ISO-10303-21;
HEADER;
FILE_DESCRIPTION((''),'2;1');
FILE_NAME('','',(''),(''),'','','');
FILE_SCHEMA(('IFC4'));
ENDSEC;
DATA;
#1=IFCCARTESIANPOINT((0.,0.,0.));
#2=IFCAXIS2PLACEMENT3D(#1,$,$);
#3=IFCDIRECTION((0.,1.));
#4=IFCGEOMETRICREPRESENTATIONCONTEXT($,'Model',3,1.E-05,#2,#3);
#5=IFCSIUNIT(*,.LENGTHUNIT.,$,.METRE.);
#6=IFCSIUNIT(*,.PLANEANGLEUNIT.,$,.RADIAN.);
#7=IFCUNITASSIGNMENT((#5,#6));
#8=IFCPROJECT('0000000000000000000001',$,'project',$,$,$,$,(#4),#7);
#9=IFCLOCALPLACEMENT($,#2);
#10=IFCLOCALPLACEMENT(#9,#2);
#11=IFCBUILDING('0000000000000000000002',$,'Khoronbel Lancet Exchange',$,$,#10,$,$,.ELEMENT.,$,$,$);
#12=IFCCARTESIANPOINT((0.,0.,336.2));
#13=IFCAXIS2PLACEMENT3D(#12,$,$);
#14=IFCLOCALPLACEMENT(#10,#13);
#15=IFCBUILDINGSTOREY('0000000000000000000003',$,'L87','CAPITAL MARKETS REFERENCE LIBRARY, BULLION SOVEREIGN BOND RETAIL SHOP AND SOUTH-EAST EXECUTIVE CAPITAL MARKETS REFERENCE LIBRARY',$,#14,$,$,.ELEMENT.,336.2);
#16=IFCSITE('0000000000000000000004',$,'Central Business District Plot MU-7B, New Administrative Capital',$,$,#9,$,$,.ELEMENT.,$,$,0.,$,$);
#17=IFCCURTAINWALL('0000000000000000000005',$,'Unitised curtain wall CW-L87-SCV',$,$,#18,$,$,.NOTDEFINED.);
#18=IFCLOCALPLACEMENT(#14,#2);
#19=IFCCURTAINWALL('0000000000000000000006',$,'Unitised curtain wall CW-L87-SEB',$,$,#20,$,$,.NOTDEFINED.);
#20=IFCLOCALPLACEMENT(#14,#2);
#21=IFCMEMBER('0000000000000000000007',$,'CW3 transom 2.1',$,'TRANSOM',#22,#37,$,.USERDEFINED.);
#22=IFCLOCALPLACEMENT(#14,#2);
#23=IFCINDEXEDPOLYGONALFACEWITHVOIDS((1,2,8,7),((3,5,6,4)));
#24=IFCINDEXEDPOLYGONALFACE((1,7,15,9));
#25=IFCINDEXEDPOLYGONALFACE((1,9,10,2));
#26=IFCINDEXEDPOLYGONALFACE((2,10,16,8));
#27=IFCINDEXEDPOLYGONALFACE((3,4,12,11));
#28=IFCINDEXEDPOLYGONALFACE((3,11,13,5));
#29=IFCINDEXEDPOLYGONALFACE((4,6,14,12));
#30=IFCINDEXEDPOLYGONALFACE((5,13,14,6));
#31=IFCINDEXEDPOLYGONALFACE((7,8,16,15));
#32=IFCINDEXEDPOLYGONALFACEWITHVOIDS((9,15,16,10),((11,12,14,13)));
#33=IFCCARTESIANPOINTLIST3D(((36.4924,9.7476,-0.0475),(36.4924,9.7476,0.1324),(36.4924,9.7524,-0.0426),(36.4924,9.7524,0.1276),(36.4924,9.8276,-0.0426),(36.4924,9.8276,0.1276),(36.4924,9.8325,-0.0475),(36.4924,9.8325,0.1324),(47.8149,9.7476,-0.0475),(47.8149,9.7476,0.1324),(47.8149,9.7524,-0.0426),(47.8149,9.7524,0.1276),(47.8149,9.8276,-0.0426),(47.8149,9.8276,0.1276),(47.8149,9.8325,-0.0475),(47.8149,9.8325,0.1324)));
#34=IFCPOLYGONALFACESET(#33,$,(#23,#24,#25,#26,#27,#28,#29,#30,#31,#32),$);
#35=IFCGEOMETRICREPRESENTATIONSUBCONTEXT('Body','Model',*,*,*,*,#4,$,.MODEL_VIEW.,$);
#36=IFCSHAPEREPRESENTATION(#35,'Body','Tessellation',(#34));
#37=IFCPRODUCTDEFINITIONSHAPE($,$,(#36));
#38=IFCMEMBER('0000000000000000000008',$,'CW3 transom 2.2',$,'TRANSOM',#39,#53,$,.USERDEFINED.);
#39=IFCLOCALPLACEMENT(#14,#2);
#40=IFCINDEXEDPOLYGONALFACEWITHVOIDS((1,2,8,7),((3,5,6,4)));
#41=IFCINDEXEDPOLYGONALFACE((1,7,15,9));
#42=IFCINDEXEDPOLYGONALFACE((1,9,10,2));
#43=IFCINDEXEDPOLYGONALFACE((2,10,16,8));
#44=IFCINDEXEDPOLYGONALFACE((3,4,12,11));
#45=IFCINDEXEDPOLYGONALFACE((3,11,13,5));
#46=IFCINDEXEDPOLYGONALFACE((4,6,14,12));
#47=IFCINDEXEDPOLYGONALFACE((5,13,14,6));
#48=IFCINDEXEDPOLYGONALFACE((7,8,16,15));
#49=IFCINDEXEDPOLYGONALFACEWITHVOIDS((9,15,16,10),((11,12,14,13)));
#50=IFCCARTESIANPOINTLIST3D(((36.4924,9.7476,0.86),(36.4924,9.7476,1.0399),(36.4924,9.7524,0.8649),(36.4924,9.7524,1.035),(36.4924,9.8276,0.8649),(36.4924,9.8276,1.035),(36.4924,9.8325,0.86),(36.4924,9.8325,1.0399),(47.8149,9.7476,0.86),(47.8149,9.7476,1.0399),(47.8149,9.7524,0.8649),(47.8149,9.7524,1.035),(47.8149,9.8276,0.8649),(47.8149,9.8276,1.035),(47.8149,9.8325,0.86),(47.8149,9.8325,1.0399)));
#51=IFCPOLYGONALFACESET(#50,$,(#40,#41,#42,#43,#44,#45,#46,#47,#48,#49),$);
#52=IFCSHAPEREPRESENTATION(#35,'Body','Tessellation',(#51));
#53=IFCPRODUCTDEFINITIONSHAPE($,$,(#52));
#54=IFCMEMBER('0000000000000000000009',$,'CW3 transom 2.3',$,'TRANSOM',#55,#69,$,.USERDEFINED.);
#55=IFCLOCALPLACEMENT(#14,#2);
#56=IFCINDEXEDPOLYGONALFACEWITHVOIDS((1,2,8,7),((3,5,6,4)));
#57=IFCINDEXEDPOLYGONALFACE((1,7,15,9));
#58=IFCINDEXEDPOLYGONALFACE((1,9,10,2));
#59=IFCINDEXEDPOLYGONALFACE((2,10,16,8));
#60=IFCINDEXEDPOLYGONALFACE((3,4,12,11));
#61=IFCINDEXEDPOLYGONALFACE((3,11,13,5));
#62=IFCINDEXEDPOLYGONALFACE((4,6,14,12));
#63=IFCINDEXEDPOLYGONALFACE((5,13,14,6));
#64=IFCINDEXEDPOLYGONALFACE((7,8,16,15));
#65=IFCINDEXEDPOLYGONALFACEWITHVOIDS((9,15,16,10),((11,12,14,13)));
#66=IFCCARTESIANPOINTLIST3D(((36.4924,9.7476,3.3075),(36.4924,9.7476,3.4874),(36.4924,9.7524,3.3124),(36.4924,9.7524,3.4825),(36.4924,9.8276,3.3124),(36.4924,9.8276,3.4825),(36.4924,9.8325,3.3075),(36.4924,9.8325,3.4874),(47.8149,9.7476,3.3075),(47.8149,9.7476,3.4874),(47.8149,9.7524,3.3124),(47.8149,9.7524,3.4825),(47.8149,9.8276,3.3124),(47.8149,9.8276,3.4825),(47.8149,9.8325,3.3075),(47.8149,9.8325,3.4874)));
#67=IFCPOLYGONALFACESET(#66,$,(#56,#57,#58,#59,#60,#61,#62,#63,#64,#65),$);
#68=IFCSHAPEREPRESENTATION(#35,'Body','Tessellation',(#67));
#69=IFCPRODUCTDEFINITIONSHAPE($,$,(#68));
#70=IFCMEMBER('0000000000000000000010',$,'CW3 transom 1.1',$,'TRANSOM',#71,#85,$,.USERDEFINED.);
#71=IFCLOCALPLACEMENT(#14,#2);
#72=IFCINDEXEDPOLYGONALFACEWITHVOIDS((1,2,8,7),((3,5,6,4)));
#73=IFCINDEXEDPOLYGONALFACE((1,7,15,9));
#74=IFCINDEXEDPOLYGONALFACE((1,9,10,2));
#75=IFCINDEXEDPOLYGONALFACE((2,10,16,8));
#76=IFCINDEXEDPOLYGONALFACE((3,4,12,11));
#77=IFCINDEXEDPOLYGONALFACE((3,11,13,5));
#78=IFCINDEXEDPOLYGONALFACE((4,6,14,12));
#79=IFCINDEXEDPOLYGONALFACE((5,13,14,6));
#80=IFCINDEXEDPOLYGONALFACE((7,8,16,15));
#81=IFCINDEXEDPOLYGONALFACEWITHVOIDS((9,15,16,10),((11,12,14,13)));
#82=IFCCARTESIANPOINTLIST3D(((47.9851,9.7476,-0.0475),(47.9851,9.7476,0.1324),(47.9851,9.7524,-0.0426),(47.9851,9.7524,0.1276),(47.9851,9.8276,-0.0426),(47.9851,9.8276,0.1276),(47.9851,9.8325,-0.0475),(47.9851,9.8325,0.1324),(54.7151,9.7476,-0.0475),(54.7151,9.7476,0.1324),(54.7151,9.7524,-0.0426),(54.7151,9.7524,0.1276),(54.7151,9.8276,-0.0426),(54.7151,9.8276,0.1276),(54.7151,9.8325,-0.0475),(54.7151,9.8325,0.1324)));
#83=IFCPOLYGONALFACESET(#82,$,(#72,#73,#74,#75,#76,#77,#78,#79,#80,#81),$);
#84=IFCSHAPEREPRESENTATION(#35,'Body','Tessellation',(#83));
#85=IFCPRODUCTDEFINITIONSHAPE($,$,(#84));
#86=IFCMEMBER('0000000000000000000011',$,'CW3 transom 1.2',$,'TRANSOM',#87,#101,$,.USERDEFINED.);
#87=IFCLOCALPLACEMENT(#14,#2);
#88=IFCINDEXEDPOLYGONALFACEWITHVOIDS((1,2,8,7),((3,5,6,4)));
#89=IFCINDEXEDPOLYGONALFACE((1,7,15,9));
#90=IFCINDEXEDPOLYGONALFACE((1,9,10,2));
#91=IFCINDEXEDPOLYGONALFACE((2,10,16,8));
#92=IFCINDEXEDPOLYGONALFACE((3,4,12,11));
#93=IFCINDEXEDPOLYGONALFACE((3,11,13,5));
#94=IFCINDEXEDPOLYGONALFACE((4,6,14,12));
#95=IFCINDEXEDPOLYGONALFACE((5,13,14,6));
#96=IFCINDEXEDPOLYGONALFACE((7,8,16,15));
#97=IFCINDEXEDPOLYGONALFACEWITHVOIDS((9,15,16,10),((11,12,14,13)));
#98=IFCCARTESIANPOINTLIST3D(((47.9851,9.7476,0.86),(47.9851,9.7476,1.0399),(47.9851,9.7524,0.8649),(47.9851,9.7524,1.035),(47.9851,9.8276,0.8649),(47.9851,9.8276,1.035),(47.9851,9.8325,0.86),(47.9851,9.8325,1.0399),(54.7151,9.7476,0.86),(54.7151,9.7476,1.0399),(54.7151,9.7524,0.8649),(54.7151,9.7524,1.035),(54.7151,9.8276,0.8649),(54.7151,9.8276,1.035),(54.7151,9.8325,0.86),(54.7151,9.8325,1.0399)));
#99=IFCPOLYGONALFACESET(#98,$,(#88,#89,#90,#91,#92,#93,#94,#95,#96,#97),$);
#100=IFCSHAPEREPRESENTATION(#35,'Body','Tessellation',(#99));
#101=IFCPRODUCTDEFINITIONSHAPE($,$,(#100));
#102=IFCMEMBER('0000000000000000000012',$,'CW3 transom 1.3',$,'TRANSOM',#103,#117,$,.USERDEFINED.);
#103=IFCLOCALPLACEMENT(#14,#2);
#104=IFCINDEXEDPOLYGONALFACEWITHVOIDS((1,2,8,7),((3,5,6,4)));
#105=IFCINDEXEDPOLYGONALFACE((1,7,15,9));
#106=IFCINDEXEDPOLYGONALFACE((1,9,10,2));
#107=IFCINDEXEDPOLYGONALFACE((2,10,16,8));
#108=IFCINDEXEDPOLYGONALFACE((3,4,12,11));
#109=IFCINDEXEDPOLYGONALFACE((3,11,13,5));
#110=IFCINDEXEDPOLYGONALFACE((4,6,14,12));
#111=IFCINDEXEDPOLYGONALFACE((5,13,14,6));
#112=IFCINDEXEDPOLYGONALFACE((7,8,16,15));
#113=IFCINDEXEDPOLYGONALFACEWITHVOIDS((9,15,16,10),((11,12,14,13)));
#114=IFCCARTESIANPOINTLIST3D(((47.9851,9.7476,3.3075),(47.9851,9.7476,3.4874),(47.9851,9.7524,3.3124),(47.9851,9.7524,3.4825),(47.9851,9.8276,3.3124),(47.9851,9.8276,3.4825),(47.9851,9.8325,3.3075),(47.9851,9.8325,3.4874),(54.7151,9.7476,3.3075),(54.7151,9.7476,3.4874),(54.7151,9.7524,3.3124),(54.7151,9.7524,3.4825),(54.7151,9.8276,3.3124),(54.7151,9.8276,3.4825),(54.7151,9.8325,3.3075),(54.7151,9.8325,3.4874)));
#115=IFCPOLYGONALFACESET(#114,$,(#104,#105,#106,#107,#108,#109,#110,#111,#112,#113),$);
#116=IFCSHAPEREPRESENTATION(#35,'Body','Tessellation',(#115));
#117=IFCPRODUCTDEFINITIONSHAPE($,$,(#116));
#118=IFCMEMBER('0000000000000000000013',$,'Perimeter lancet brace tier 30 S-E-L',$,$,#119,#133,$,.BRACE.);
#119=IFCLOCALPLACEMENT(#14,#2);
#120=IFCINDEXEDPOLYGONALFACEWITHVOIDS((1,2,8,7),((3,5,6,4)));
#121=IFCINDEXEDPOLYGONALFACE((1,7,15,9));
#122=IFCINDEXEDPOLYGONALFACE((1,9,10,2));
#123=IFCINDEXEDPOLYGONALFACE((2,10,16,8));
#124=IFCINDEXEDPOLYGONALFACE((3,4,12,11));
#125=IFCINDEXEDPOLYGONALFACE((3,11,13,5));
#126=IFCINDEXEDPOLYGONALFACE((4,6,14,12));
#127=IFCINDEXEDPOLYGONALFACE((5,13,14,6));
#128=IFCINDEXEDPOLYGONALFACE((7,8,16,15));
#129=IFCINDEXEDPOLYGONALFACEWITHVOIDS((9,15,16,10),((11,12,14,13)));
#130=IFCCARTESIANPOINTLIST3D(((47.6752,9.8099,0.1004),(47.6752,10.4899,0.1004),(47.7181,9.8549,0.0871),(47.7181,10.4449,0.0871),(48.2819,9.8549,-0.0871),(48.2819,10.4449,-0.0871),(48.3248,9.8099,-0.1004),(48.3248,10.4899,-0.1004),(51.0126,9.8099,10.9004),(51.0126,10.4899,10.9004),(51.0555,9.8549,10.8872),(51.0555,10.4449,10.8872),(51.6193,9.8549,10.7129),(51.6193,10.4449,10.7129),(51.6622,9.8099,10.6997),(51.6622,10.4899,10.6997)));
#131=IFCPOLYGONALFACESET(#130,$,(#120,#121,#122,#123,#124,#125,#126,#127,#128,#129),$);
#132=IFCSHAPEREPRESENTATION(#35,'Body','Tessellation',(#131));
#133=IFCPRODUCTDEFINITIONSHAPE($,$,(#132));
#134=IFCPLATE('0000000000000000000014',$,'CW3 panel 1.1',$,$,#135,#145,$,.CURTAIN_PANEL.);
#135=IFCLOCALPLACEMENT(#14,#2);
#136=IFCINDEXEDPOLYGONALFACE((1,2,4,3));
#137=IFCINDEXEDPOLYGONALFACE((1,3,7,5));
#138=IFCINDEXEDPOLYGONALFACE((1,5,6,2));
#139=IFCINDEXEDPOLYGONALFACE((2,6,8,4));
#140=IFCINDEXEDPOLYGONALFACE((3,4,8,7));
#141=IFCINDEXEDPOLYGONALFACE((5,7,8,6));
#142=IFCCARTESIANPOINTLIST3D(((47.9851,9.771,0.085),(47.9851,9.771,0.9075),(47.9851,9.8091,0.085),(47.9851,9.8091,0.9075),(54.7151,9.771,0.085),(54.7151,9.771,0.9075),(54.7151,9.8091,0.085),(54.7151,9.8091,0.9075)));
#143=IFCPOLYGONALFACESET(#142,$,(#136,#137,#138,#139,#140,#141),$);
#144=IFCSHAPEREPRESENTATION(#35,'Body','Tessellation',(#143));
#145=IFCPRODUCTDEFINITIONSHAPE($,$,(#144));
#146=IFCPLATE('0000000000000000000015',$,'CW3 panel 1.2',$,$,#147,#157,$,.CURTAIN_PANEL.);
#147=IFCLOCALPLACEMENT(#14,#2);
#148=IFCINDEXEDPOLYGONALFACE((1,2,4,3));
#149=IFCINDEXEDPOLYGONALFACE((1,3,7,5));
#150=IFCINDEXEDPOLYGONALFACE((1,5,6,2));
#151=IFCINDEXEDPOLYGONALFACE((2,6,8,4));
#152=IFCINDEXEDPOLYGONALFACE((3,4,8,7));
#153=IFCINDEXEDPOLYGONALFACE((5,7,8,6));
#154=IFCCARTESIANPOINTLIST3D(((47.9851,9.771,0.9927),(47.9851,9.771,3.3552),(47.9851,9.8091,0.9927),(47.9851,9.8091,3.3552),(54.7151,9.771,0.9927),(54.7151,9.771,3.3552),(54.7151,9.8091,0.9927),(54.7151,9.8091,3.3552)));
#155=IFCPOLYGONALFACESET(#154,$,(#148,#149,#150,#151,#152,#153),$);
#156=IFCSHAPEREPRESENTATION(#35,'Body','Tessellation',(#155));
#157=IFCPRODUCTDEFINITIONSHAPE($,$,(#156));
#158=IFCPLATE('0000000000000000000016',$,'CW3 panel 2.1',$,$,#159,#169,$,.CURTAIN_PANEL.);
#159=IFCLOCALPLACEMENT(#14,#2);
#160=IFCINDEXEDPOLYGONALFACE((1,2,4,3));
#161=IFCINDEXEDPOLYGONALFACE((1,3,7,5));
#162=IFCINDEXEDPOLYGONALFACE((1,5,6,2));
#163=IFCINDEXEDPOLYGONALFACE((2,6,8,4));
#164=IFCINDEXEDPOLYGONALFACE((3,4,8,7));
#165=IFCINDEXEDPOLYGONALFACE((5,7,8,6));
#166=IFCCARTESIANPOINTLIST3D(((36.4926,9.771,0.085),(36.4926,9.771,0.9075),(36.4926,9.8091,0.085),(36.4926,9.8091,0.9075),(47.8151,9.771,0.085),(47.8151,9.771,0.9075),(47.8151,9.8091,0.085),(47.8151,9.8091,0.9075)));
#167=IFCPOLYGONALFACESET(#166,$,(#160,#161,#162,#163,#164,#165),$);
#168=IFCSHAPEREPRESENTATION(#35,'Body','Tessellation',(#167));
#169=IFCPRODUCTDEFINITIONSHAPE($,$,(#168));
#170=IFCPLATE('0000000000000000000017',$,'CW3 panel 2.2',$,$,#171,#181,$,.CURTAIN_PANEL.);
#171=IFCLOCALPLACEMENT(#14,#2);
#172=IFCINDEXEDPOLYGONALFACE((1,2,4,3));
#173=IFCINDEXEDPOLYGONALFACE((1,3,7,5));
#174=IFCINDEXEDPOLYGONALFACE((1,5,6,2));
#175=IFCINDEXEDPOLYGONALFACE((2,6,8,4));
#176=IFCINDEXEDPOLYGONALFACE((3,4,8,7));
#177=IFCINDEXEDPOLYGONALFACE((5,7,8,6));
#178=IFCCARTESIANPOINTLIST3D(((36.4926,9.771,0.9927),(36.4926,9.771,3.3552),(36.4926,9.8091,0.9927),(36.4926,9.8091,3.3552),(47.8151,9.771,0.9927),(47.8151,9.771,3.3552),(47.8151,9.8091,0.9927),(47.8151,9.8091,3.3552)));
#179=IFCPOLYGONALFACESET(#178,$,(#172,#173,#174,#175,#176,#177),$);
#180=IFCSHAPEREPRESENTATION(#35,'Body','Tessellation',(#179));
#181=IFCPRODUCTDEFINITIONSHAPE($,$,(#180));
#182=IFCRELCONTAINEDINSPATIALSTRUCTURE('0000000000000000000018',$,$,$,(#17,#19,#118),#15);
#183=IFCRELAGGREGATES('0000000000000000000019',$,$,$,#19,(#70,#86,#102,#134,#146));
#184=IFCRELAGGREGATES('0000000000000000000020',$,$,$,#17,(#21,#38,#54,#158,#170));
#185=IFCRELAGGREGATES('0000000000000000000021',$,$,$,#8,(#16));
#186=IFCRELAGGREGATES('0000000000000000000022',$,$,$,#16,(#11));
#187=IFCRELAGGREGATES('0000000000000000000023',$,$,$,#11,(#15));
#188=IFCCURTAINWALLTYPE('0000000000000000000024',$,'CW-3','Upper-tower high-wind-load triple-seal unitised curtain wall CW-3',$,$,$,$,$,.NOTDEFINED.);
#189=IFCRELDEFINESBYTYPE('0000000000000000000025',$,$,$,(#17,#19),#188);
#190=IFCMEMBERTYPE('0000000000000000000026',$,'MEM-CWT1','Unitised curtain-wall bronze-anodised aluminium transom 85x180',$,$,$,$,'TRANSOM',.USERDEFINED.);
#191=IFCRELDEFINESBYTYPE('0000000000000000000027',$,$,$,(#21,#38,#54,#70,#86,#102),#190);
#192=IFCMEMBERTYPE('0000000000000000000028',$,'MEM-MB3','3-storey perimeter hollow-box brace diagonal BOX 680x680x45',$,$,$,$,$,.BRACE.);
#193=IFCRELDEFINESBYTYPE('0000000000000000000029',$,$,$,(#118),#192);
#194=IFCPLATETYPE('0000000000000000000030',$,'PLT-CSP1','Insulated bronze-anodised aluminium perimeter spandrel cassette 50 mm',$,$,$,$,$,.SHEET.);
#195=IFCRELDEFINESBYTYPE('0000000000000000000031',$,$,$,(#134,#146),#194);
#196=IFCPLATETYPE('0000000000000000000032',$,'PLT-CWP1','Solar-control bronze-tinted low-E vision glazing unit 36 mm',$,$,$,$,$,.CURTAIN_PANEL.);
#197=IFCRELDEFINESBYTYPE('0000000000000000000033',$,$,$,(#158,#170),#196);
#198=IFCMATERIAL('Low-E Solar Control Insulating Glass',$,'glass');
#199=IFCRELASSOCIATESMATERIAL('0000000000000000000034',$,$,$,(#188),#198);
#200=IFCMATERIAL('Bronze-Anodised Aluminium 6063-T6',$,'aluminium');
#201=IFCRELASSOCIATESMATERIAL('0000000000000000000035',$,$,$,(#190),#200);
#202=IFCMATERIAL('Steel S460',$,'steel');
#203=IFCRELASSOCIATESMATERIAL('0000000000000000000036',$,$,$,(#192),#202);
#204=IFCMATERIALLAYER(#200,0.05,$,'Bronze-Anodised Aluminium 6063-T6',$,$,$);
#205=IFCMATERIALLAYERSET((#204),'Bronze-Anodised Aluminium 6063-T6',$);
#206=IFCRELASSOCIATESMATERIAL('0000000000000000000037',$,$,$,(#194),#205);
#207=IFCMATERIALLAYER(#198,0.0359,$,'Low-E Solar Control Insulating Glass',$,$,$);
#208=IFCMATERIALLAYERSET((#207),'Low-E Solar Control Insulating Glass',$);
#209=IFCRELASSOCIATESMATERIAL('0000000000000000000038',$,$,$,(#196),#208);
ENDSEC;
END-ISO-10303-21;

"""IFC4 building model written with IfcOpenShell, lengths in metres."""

from ifc_helpers import new_model, si_unit, direction, frame, origin, origin_2d, place, context, subcontext, project, spatial, rectangle, hollow_rectangle, extrude, material, layer, layer_set, material_profile, profile_set, type_object, element, aggregate, save


model = new_model("IFC4")

# Units and contexts
model_context = context("Model", 3, precision=1e-05, world=origin(), true_north=direction((0.0, 1.0)))
body_context = subcontext(model_context, "Body", "Model", "MODEL_VIEW")
ifc_project = project(units=[si_unit("LENGTHUNIT", "METRE"), si_unit("PLANEANGLEUNIT", "RADIAN")], contexts=[model_context])

# Site, building, storey
site_placement = place(None, origin())
site = spatial("IfcSite", under=ifc_project, at=site_placement, Name="Central Business District Plot MU-7B, New Administrative Capital", CompositionType="ELEMENT", RefElevation=0.0)
building_placement = place(site_placement, origin())
building = spatial("IfcBuilding", under=site, at=building_placement, Name="Khoronbel Lancet Exchange", CompositionType="ELEMENT")
storey_placement = place(building_placement, frame((0.0, 0.0, 336.2)))
storey = spatial("IfcBuildingStorey", under=building, at=storey_placement, Name="L87", Description="CAPITAL MARKETS REFERENCE LIBRARY, BULLION SOVEREIGN BOND RETAIL SHOP AND SOUTH-EAST EXECUTIVE CAPITAL MARKETS REFERENCE LIBRARY", CompositionType="ELEMENT", Elevation=336.2)

# Shared definitions
ifc_material_1 = material(Name="Steel S460", Category="steel")

# Curtain wall
ifc_material_2 = material(Name="Low-E Solar Control Insulating Glass", Category="glass")
curtain_wall_type = type_object("IfcCurtainWallType", Name="CW-3", Description="Upper-tower high-wind-load triple-seal unitised curtain wall CW-3", PredefinedType="NOTDEFINED", material=ifc_material_2)
curtain_wall_1_placement = place(storey_placement, origin())
curtain_wall_1 = element("IfcCurtainWall", 1, at=curtain_wall_1_placement, inside=storey, type_object=curtain_wall_type, Name="Unitised curtain wall CW-L87-SCV", PredefinedType="NOTDEFINED")
ifc_material_3 = material(Name="Bronze-Anodised Aluminium 6063-T6", Category="aluminium")

# Curtain wall
curtain_wall_2_placement = place(storey_placement, origin())
curtain_wall_2 = element("IfcCurtainWall", 2, at=curtain_wall_2_placement, inside=storey, type_object=curtain_wall_type, Name="Unitised curtain wall CW-L87-SEB", PredefinedType="NOTDEFINED")

# Members
ifc_material_profile_1 = material_profile(ifc_material_3, hollow_rectangle(XDim=0.085, YDim=0.1799, WallThickness=0.0049, at=origin_2d()), Name="ALU TRANSOM 85x180")
ifc_profile_set_1 = profile_set([ifc_material_profile_1], Name="Bronze-Anodised Aluminium 6063-T6")
member_type_1 = type_object("IfcMemberType", Name="MEM-CWT1", Description="Unitised curtain-wall bronze-anodised aluminium transom 85x180", ElementType="TRANSOM", PredefinedType="USERDEFINED", material=ifc_profile_set_1)
member_1_placement = place(storey_placement, frame((36.4924, 9.79, 0.0425), z_axis=(1.0, 0.0, 0.0), x_axis=(0.0, 1.0, 0.0)))
member_1 = element("IfcMember", 3, at=member_1_placement, type_object=member_type_1, Name="CW3 transom 2.1", ObjectType="TRANSOM", PredefinedType="USERDEFINED", context=body_context, shape_type="SweptSolid", body=[
    extrude(hollow_rectangle(XDim=0.085, YDim=0.1799, WallThickness=0.0049, at=origin_2d()), origin(), (0.0, 0.0, 1.0), 11.3225),
])
member_2_placement = place(storey_placement, frame((36.4924, 9.79, 0.95), z_axis=(1.0, 0.0, 0.0), x_axis=(0.0, 1.0, 0.0)))
member_2 = element("IfcMember", 4, at=member_2_placement, type_object=member_type_1, Name="CW3 transom 2.2", ObjectType="TRANSOM", PredefinedType="USERDEFINED", context=body_context, shape_type="SweptSolid", body=[
    extrude(hollow_rectangle(XDim=0.085, YDim=0.1799, WallThickness=0.0049, at=origin_2d()), origin(), (0.0, 0.0, 1.0), 11.3225),
])
member_3_placement = place(storey_placement, frame((36.4924, 9.79, 3.3975), z_axis=(1.0, 0.0, 0.0), x_axis=(0.0, 1.0, 0.0)))
member_3 = element("IfcMember", 5, at=member_3_placement, type_object=member_type_1, Name="CW3 transom 2.3", ObjectType="TRANSOM", PredefinedType="USERDEFINED", context=body_context, shape_type="SweptSolid", body=[
    extrude(hollow_rectangle(XDim=0.085, YDim=0.1799, WallThickness=0.0049, at=origin_2d()), origin(), (0.0, 0.0, 1.0), 11.3225),
])
member_4_placement = place(storey_placement, frame((47.9851, 9.79, 0.0425), z_axis=(1.0, 0.0, 0.0), x_axis=(0.0, 1.0, 0.0)))
member_4 = element("IfcMember", 6, at=member_4_placement, type_object=member_type_1, Name="CW3 transom 1.1", ObjectType="TRANSOM", PredefinedType="USERDEFINED", context=body_context, shape_type="SweptSolid", body=[
    extrude(hollow_rectangle(XDim=0.085, YDim=0.1799, WallThickness=0.0049, at=origin_2d()), origin(), (0.0, 0.0, 1.0), 6.73),
])
member_5_placement = place(storey_placement, frame((47.9851, 9.79, 0.95), z_axis=(1.0, 0.0, 0.0), x_axis=(0.0, 1.0, 0.0)))
member_5 = element("IfcMember", 7, at=member_5_placement, type_object=member_type_1, Name="CW3 transom 1.2", ObjectType="TRANSOM", PredefinedType="USERDEFINED", context=body_context, shape_type="SweptSolid", body=[
    extrude(hollow_rectangle(XDim=0.085, YDim=0.1799, WallThickness=0.0049, at=origin_2d()), origin(), (0.0, 0.0, 1.0), 6.73),
])
member_6_placement = place(storey_placement, frame((47.9851, 9.79, 3.3975), z_axis=(1.0, 0.0, 0.0), x_axis=(0.0, 1.0, 0.0)))
member_6 = element("IfcMember", 8, at=member_6_placement, type_object=member_type_1, Name="CW3 transom 1.3", ObjectType="TRANSOM", PredefinedType="USERDEFINED", context=body_context, shape_type="SweptSolid", body=[
    extrude(hollow_rectangle(XDim=0.085, YDim=0.1799, WallThickness=0.0049, at=origin_2d()), origin(), (0.0, 0.0, 1.0), 6.73),
])
ifc_material_profile_2 = material_profile(ifc_material_1, hollow_rectangle(XDim=0.6799, YDim=0.6799, WallThickness=0.0449, at=origin_2d()), Name="BOX 680x680x45")
ifc_profile_set_2 = profile_set([ifc_material_profile_2], Name="Steel S460")
member_type_2 = type_object("IfcMemberType", Name="MEM-MB3", Description="3-storey perimeter hollow-box brace diagonal BOX 680x680x45", PredefinedType="BRACE", material=ifc_profile_set_2)
member_7_placement = place(storey_placement, frame((48.0, 10.1499, 0.0), z_axis=(0.295242, 0.0, 0.955422), x_axis=(0.0, 1.0, 0.0)))
element("IfcMember", 9, at=member_7_placement, inside=storey, type_object=member_type_2, Name="Perimeter lancet brace tier 30 S-E-L", PredefinedType="BRACE", context=body_context, shape_type="SweptSolid", body=[
    extrude(hollow_rectangle(XDim=0.6799, YDim=0.6799, WallThickness=0.0449, at=origin_2d()), origin(), (0.0, 0.0, 1.0), 11.304),
])

# Plates
ifc_layer_1 = layer(ifc_material_3, 0.05, Name="Bronze-Anodised Aluminium 6063-T6")
ifc_layer_set_1 = layer_set([ifc_layer_1], Name="Bronze-Anodised Aluminium 6063-T6")
plate_type_1 = type_object("IfcPlateType", Name="PLT-CSP1", Description="Insulated bronze-anodised aluminium perimeter spandrel cassette 50 mm", PredefinedType="SHEET", material=ifc_layer_set_1)
plate_1_placement = place(storey_placement, frame((51.3501, 9.79, 0.085), z_axis=(0.0, 0.0, 1.0), x_axis=(1.0, 0.0, 0.0)))
plate_1 = element("IfcPlate", 10, at=plate_1_placement, type_object=plate_type_1, Name="CW3 panel 1.1", PredefinedType="CURTAIN_PANEL", context=body_context, shape_type="SweptSolid", body=[
    extrude(rectangle(XDim=6.73, YDim=0.0381, at=origin_2d()), origin(), (0.0, 0.0, 1.0), 0.8225),
])
plate_2_placement = place(storey_placement, frame((51.3501, 9.79, 0.9927), z_axis=(0.0, 0.0, 1.0), x_axis=(1.0, 0.0, 0.0)))
plate_2 = element("IfcPlate", 11, at=plate_2_placement, type_object=plate_type_1, Name="CW3 panel 1.2", PredefinedType="CURTAIN_PANEL", context=body_context, shape_type="SweptSolid", body=[
    extrude(rectangle(XDim=6.73, YDim=0.0381, at=origin_2d()), origin(), (0.0, 0.0, 1.0), 2.3625),
])
aggregate(curtain_wall_2, [member_4, member_5, member_6, plate_1, plate_2])
ifc_layer_2 = layer(ifc_material_2, 0.0359, Name="Low-E Solar Control Insulating Glass")
ifc_layer_set_2 = layer_set([ifc_layer_2], Name="Low-E Solar Control Insulating Glass")
plate_type_2 = type_object("IfcPlateType", Name="PLT-CWP1", Description="Solar-control bronze-tinted low-E vision glazing unit 36 mm", PredefinedType="CURTAIN_PANEL", material=ifc_layer_set_2)
plate_3_placement = place(storey_placement, frame((42.1538, 9.79, 0.085), z_axis=(0.0, 0.0, 1.0), x_axis=(1.0, 0.0, 0.0)))
plate_3 = element("IfcPlate", 12, at=plate_3_placement, type_object=plate_type_2, Name="CW3 panel 2.1", PredefinedType="CURTAIN_PANEL", context=body_context, shape_type="SweptSolid", body=[
    extrude(rectangle(XDim=11.3225, YDim=0.0381, at=origin_2d()), origin(), (0.0, 0.0, 1.0), 0.8225),
])
plate_4_placement = place(storey_placement, frame((42.1538, 9.79, 0.9927), z_axis=(0.0, 0.0, 1.0), x_axis=(1.0, 0.0, 0.0)))
plate_4 = element("IfcPlate", 13, at=plate_4_placement, type_object=plate_type_2, Name="CW3 panel 2.2", PredefinedType="CURTAIN_PANEL", context=body_context, shape_type="SweptSolid", body=[
    extrude(rectangle(XDim=11.3225, YDim=0.0381, at=origin_2d()), origin(), (0.0, 0.0, 1.0), 2.3625),
])
aggregate(curtain_wall_1, [member_1, member_2, member_3, plate_3, plate_4])

save(model, "model.ifc")
